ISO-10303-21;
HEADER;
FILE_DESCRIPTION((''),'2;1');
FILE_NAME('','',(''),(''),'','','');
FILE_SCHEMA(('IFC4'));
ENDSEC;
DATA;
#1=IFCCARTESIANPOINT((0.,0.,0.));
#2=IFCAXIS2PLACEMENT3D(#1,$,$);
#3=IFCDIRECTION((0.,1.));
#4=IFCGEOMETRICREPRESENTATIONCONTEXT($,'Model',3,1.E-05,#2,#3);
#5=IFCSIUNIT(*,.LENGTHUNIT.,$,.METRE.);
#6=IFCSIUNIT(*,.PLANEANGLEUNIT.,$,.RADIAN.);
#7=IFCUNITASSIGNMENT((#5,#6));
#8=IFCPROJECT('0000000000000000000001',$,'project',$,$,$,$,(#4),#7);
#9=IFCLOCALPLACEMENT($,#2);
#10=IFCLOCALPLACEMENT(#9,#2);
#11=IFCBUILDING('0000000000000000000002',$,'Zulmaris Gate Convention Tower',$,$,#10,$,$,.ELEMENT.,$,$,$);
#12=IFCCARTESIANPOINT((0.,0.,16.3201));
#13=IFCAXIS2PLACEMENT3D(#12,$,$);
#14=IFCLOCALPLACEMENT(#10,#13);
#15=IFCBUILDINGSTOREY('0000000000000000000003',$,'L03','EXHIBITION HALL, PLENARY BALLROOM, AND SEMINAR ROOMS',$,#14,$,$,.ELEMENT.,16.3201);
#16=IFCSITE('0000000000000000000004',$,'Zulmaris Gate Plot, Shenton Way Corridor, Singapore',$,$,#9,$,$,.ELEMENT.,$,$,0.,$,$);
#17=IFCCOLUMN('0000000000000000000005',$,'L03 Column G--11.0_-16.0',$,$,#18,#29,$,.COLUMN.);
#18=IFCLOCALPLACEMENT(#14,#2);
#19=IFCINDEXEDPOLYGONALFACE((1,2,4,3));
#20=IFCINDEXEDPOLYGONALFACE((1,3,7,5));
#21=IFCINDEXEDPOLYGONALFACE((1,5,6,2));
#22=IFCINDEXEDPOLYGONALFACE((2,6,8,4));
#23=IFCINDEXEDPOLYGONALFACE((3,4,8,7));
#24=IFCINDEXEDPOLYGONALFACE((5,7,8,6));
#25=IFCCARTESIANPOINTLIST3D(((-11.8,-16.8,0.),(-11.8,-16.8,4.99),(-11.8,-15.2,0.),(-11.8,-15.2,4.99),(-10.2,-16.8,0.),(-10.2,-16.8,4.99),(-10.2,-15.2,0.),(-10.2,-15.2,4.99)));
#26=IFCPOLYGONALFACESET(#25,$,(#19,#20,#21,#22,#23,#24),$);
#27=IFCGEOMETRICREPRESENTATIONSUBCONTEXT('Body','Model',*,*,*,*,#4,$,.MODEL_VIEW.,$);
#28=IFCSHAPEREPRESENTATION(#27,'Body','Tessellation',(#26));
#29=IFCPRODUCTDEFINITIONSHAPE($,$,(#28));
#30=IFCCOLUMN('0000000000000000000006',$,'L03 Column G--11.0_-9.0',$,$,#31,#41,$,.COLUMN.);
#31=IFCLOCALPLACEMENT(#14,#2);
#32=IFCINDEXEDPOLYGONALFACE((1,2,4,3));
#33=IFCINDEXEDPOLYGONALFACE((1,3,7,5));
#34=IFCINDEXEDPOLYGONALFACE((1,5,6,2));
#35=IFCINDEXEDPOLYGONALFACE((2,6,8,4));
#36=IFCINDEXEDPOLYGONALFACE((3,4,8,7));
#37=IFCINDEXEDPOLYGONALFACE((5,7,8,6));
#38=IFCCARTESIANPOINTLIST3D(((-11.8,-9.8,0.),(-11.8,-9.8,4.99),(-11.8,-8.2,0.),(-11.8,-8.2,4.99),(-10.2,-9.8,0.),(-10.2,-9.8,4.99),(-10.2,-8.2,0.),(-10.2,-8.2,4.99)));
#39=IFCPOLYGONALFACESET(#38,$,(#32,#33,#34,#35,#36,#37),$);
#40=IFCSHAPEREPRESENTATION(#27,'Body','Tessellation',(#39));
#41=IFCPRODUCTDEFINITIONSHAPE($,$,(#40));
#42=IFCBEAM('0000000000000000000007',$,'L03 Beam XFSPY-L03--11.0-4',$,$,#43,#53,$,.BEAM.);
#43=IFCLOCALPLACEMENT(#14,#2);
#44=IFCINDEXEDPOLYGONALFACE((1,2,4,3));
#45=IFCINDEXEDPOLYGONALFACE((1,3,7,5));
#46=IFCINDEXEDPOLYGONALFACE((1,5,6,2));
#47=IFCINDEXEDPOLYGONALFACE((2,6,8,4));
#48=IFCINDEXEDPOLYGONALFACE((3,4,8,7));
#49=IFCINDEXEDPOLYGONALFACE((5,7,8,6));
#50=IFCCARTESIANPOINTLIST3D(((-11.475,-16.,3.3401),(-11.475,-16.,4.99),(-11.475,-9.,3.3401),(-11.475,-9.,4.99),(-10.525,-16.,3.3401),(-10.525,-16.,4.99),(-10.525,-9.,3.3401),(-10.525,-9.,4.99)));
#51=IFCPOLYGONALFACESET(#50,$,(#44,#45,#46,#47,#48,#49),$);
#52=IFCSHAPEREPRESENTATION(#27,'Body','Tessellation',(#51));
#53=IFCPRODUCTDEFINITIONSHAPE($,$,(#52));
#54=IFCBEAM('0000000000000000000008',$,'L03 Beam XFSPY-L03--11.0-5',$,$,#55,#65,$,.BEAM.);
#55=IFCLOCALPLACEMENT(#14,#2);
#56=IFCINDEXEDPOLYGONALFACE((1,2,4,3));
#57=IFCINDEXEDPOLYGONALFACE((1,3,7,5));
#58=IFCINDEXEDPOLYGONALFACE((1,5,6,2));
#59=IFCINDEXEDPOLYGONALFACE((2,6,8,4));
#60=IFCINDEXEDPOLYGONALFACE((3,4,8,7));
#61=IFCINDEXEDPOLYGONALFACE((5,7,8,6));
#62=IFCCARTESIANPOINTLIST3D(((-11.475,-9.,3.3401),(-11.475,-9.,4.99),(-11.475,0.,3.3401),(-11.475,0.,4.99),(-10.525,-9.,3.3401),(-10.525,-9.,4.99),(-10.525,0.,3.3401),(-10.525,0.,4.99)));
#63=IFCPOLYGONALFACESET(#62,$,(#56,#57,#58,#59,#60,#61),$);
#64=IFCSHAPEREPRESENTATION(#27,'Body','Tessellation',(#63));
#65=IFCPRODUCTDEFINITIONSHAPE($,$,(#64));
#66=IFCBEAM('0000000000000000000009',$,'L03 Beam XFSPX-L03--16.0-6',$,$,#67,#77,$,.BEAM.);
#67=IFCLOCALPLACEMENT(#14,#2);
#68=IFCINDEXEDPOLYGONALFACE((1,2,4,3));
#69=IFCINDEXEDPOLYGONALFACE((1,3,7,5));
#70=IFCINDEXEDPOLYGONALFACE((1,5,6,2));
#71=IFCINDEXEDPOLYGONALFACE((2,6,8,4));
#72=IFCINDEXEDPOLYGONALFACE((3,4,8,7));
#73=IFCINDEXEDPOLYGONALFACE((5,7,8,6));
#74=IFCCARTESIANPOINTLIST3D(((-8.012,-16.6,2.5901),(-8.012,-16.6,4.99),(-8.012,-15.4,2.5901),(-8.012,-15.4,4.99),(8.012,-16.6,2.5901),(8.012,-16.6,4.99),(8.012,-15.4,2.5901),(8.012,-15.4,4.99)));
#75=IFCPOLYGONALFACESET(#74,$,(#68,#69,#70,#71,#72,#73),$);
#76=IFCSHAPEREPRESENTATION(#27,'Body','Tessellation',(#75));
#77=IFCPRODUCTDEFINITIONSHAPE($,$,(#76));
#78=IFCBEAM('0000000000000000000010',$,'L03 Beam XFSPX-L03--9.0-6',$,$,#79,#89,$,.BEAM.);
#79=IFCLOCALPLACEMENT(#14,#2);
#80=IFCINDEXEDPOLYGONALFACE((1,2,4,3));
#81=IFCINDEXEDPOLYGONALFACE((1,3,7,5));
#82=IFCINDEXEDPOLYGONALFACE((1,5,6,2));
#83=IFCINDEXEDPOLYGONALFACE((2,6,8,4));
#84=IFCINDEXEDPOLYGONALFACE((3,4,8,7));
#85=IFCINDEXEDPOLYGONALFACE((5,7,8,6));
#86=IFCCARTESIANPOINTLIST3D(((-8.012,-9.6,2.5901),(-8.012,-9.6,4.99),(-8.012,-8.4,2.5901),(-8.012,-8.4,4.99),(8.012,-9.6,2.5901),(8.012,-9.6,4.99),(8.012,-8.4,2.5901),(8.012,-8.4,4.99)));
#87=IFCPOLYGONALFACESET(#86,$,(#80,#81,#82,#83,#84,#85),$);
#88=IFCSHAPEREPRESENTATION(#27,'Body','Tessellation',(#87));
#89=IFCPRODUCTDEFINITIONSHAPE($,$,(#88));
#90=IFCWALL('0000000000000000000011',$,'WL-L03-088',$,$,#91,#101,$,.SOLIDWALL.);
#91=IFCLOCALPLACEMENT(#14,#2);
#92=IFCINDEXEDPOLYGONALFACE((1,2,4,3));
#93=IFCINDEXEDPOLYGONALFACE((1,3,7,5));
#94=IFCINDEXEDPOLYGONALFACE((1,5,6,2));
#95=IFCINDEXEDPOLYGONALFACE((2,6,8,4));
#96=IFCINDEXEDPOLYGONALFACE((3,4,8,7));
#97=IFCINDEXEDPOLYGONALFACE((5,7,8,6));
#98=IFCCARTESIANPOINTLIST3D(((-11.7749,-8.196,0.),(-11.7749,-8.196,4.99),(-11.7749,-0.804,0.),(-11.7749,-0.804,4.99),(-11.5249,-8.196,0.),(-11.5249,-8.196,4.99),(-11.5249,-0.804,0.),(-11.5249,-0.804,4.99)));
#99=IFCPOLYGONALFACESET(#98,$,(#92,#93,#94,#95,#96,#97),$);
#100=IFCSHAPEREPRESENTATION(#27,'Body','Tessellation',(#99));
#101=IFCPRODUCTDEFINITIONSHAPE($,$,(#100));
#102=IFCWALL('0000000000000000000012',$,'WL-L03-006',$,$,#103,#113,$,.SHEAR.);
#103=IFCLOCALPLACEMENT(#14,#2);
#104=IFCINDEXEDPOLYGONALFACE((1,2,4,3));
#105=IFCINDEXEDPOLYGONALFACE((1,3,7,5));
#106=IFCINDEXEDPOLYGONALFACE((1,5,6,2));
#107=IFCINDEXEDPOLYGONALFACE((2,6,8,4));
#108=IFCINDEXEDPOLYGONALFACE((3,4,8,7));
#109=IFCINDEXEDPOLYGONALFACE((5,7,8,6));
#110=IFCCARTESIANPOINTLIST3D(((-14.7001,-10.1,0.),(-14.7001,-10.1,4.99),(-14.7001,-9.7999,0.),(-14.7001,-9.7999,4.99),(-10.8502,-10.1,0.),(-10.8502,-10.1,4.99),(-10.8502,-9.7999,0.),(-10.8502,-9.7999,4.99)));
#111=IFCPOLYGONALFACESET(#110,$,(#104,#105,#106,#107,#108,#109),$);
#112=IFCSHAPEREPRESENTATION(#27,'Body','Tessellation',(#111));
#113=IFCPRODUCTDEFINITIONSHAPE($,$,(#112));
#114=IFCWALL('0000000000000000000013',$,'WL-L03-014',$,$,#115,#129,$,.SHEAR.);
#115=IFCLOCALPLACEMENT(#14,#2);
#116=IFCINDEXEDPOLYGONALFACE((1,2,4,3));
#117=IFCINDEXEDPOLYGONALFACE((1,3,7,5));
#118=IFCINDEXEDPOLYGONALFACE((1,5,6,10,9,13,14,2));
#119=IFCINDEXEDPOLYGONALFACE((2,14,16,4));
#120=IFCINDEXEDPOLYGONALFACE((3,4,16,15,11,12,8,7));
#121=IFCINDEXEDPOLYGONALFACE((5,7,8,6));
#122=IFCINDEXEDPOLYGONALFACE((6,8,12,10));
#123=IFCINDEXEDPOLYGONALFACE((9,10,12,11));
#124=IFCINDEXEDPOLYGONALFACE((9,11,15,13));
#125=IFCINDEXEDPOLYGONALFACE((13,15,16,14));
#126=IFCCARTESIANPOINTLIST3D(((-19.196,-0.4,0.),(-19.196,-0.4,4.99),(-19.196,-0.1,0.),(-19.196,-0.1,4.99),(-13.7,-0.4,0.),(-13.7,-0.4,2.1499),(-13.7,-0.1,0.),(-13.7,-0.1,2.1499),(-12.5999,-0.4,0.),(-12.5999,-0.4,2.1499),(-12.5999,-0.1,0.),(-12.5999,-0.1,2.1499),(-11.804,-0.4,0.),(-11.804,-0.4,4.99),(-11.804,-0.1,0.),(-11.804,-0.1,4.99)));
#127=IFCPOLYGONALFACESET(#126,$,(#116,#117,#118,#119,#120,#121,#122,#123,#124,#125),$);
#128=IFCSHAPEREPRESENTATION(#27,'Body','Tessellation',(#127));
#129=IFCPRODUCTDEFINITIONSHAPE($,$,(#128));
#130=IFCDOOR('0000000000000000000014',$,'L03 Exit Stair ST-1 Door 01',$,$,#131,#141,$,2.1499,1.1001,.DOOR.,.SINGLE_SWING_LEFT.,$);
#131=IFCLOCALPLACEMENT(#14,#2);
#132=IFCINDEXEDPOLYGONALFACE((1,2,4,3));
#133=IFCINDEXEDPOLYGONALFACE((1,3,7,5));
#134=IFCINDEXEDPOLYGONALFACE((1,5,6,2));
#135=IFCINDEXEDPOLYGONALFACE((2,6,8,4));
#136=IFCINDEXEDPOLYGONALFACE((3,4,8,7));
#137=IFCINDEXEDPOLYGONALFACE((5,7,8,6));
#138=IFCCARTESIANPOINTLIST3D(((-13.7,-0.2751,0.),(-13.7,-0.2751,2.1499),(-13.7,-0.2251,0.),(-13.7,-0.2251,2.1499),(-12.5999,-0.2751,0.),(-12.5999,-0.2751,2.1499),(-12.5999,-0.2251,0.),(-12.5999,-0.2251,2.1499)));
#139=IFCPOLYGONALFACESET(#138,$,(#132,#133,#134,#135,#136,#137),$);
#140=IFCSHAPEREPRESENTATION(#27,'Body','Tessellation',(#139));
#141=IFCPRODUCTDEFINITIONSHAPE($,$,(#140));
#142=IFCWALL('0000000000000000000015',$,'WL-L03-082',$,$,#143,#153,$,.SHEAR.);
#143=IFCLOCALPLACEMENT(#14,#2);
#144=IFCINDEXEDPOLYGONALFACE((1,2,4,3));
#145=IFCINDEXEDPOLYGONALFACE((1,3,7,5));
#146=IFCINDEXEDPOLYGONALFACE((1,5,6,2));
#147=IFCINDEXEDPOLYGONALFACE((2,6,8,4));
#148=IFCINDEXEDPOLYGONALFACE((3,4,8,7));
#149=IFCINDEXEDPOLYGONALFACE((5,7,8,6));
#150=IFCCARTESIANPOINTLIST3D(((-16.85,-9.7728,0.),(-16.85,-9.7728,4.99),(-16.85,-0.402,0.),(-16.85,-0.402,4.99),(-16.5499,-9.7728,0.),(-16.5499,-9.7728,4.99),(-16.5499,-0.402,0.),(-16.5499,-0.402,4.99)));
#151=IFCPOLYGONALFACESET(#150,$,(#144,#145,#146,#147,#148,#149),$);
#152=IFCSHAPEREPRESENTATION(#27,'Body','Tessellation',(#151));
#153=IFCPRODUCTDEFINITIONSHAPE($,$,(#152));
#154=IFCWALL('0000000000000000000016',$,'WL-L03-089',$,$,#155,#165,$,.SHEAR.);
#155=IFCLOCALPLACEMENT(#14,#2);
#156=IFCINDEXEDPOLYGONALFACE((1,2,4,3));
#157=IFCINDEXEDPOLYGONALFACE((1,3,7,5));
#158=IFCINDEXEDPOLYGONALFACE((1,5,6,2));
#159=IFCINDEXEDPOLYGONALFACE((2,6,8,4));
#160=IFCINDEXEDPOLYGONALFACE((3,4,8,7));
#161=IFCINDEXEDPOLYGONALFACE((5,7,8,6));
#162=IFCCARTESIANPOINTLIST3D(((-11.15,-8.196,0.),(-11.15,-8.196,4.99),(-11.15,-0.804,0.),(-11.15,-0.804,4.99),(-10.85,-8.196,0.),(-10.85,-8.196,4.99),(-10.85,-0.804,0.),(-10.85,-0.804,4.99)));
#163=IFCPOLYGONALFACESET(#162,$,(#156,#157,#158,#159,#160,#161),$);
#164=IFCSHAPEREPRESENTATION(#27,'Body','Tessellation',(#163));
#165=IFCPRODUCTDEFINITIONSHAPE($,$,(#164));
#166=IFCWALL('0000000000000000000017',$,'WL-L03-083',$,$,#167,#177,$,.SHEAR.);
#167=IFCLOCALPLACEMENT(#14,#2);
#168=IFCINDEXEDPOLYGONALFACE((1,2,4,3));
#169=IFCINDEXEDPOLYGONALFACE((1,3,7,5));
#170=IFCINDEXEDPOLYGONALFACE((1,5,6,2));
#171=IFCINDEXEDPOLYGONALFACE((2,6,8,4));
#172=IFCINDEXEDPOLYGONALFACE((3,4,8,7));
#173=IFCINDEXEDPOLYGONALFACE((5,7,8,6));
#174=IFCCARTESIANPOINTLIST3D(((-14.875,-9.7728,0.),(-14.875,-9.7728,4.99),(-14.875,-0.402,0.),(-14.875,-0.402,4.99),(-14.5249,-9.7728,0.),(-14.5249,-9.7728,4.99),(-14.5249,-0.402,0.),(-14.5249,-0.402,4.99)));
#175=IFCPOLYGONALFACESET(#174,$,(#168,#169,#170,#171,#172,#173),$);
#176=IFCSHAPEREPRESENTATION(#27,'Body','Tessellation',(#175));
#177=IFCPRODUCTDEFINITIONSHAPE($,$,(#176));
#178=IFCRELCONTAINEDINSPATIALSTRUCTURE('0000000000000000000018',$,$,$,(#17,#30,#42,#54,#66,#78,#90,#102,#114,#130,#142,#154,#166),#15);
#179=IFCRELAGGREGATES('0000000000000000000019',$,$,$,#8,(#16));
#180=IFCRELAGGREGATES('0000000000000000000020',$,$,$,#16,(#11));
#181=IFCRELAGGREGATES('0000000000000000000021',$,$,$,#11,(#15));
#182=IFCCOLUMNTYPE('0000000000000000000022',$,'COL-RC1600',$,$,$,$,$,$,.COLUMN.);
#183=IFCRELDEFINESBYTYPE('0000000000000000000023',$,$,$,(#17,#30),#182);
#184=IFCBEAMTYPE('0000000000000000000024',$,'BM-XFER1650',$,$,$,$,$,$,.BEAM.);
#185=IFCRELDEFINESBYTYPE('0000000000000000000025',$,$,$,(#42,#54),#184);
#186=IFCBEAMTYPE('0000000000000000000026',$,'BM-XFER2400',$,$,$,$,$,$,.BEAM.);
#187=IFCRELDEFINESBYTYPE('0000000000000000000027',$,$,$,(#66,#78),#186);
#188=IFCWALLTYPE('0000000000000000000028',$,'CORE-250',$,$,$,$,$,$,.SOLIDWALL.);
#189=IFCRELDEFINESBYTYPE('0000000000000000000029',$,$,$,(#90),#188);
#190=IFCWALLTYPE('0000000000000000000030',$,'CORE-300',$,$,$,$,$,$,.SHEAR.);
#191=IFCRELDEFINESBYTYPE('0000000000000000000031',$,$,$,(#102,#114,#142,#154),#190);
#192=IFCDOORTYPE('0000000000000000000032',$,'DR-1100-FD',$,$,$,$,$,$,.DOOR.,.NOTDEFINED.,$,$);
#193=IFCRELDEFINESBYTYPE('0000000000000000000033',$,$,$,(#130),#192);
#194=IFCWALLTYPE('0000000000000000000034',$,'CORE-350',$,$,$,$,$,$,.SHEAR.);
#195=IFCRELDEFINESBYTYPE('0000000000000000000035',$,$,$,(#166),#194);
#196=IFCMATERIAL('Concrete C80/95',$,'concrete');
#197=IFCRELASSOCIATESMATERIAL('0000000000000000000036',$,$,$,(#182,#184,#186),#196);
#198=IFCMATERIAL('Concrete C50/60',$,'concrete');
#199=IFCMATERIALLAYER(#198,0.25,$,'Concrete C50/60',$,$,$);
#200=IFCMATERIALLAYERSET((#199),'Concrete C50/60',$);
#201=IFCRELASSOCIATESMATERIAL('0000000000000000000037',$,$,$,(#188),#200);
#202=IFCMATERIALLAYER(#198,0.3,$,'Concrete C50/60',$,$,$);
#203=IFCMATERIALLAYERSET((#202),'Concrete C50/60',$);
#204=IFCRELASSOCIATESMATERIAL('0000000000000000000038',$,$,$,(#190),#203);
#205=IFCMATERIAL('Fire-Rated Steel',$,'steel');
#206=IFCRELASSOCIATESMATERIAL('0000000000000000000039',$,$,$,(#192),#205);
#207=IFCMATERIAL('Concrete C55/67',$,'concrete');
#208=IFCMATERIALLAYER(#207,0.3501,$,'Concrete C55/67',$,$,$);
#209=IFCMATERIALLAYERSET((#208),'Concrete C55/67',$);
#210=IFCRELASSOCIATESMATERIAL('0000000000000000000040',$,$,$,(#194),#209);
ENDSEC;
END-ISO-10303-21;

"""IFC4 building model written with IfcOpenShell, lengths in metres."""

from ifc_helpers import new_model, si_unit, direction, frame, frame_2d, origin, origin_2d, place, context, subcontext, project, spatial, rectangle, extrude, material, layer, layer_set, material_profile, profile_set, type_object, element, fill, save


model = new_model("IFC4")

# Units and contexts
model_context = context("Model", 3, precision=1e-05, world=origin(), true_north=direction((0.0, 1.0)))
body_context = subcontext(model_context, "Body", "Model", "MODEL_VIEW")
ifc_project = project(units=[si_unit("LENGTHUNIT", "METRE"), si_unit("PLANEANGLEUNIT", "RADIAN")], contexts=[model_context])

# Site, building, storey
site_placement = place(None, origin())
site = spatial("IfcSite", under=ifc_project, at=site_placement, Name="Zulmaris Gate Plot, Shenton Way Corridor, Singapore", CompositionType="ELEMENT", RefElevation=0.0)
building_placement = place(site_placement, origin())
building = spatial("IfcBuilding", under=site, at=building_placement, Name="Zulmaris Gate Convention Tower", CompositionType="ELEMENT")
storey_placement = place(building_placement, frame((0.0, 0.0, 16.3201)))
storey = spatial("IfcBuildingStorey", under=building, at=storey_placement, Name="L03", Description="EXHIBITION HALL, PLENARY BALLROOM, AND SEMINAR ROOMS", CompositionType="ELEMENT", Elevation=16.3201)

# Columns
ifc_material_1 = material(Name="Concrete C80/95", Category="concrete")
ifc_material_profile_1 = material_profile(ifc_material_1, rectangle(XDim=1.6001, YDim=1.6001, at=origin_2d()), Name="RC COL 1600x1600")
ifc_profile_set_1 = profile_set([ifc_material_profile_1], Name="Concrete C80/95")
column_type = type_object("IfcColumnType", Name="COL-RC1600", PredefinedType="COLUMN", material=ifc_profile_set_1)
for number, where, z_axis, x_axis, name in (
    (1, (-11.0, -16.0, 0.0), (0.0, 0.0, 1.0), (1.0, 0.0, 0.0), "L03 Column G--11.0_-16.0"),
    (2, (-11.0, -9.0, 0.0), (0.0, 0.0, 1.0), (1.0, 0.0, 0.0), "L03 Column G--11.0_-9.0"),
):
    element("IfcColumn", number, at=place(storey_placement, frame(where, z_axis=z_axis, x_axis=x_axis)), inside=storey, type_object=column_type, Name=name, PredefinedType="COLUMN", context=body_context, shape_type="SweptSolid", body=[
        extrude(rectangle(XDim=1.6001, YDim=1.6001, at=origin_2d()), origin(), (0.0, 0.0, 1.0), 4.99),
    ])

# Beams
ifc_material_profile_2 = material_profile(ifc_material_1, rectangle(XDim=0.95, YDim=1.6499, at=origin_2d()), Name="RC TRANSFER 950x1650")
ifc_profile_set_2 = profile_set([ifc_material_profile_2], Name="Concrete C80/95")
beam_type_1 = type_object("IfcBeamType", Name="BM-XFER1650", PredefinedType="BEAM", material=ifc_profile_set_2)
beam_1_placement = place(storey_placement, frame((-11.0, -16.0, 4.165), z_axis=(0.0, 1.0, 0.0), x_axis=(-1.0, 0.0, 0.0)))
element("IfcBeam", 3, at=beam_1_placement, inside=storey, type_object=beam_type_1, Name="L03 Beam XFSPY-L03--11.0-4", PredefinedType="BEAM", context=body_context, shape_type="SweptSolid", body=[
    extrude(rectangle(XDim=0.95, YDim=1.6499, at=origin_2d()), origin(), (0.0, 0.0, 1.0), 7.0),
])
beam_2_placement = place(storey_placement, frame((-11.0, -9.0, 4.165), z_axis=(0.0, 1.0, 0.0), x_axis=(-1.0, 0.0, 0.0)))
element("IfcBeam", 4, at=beam_2_placement, inside=storey, type_object=beam_type_1, Name="L03 Beam XFSPY-L03--11.0-5", PredefinedType="BEAM", context=body_context, shape_type="SweptSolid", body=[
    extrude(rectangle(XDim=0.95, YDim=1.6499, at=origin_2d()), origin(), (0.0, 0.0, 1.0), 9.0),
])
ifc_material_profile_3 = material_profile(ifc_material_1, rectangle(XDim=1.2, YDim=2.3999, at=origin_2d()), Name="RC TRANSFER 1200x2400")
ifc_profile_set_3 = profile_set([ifc_material_profile_3], Name="Concrete C80/95")
beam_type_2 = type_object("IfcBeamType", Name="BM-XFER2400", PredefinedType="BEAM", material=ifc_profile_set_3)
for number, where, z_axis, x_axis, name in (
    (5, (-8.012, -16.0, 3.79), (1.0, 0.0, 0.0), (0.0, 1.0, 0.0), "L03 Beam XFSPX-L03--16.0-6"),
    (6, (-8.012, -9.0, 3.79), (1.0, 0.0, 0.0), (0.0, 1.0, 0.0), "L03 Beam XFSPX-L03--9.0-6"),
):
    element("IfcBeam", number, at=place(storey_placement, frame(where, z_axis=z_axis, x_axis=x_axis)), inside=storey, type_object=beam_type_2, Name=name, PredefinedType="BEAM", context=body_context, shape_type="SweptSolid", body=[
        extrude(rectangle(XDim=1.2, YDim=2.3999, at=origin_2d()), origin(), (0.0, 0.0, 1.0), 16.0239),
    ])

# Walls
ifc_material_2 = material(Name="Concrete C50/60", Category="concrete")
ifc_layer_1 = layer(ifc_material_2, 0.25, Name="Concrete C50/60")
ifc_layer_set_1 = layer_set([ifc_layer_1], Name="Concrete C50/60")
wall_type_1 = type_object("IfcWallType", Name="CORE-250", PredefinedType="SOLIDWALL", material=ifc_layer_set_1)
wall_1_placement = place(storey_placement, frame((-11.6499, -8.196, 0.0), z_axis=(0.0, 0.0, 1.0), x_axis=(0.0, 1.0, 0.0)))
element("IfcWall", 7, at=wall_1_placement, inside=storey, type_object=wall_type_1, Name="WL-L03-088", PredefinedType="SOLIDWALL", context=body_context, shape_type="SweptSolid", body=[
    extrude(rectangle(XDim=7.3921, YDim=0.25, at=frame_2d((3.696, 0.0))), origin(), (0.0, 0.0, 1.0), 4.99),
])
ifc_layer_2 = layer(ifc_material_2, 0.3, Name="Concrete C50/60")
ifc_layer_set_2 = layer_set([ifc_layer_2], Name="Concrete C50/60")
wall_type_2 = type_object("IfcWallType", Name="CORE-300", PredefinedType="SHEAR", material=ifc_layer_set_2)
wall_2_placement = place(storey_placement, frame((-14.7, -9.95, 0.0), z_axis=(0.0, 0.0, 1.0), x_axis=(1.0, 0.0, 0.0)))
element("IfcWall", 8, at=wall_2_placement, inside=storey, type_object=wall_type_2, Name="WL-L03-006", PredefinedType="SHEAR", context=body_context, shape_type="SweptSolid", body=[
    extrude(rectangle(XDim=3.8499, YDim=0.3, at=frame_2d((1.9248, 0.0))), origin(), (0.0, 0.0, 1.0), 4.99),
])

# Wall, opening, door
wall_3_placement = place(storey_placement, frame((-19.196, -0.25, 0.0), z_axis=(0.0, 0.0, 1.0), x_axis=(1.0, 0.0, 0.0)))
wall_3 = element("IfcWall", 9, at=wall_3_placement, inside=storey, type_object=wall_type_2, Name="WL-L03-014", PredefinedType="SHEAR", context=body_context, shape_type="SweptSolid", body=[
    extrude(rectangle(XDim=7.3921, YDim=0.3, at=frame_2d((3.696, 0.0))), origin(), (0.0, 0.0, 1.0), 4.99),
])
opening_1_placement = place(wall_3_placement, frame((5.4961, 0.0, 0.0)))
opening_1 = element("IfcOpeningElement", 10, at=opening_1_placement, cuts=wall_3, PredefinedType="OPENING", context=body_context, shape_type="SweptSolid", body=[
    extrude(rectangle(XDim=1.1001, YDim=2.1499, at=frame_2d((0.55, 1.075))), frame((0.0, 0.1602, 0.0), z_axis=(0.0, -1.0, 0.0), x_axis=(1.0, 0.0, 0.0)), (0.0, 0.0, 1.0), 0.3201),
])
ifc_material_3 = material(Name="Fire-Rated Steel", Category="steel")
door_type_1 = type_object("IfcDoorType", Name="DR-1100-FD", OperationType="NOTDEFINED", PredefinedType="DOOR", material=ifc_material_3)
door_1_placement = place(opening_1_placement, origin())
door_1 = element("IfcDoor", 11, at=door_1_placement, inside=storey, type_object=door_type_1, Name="L03 Exit Stair ST-1 Door 01", OperationType="SINGLE_SWING_LEFT", OverallHeight=2.1499, OverallWidth=1.1001, PredefinedType="DOOR", context=body_context, shape_type="SweptSolid", body=[
    extrude(rectangle(XDim=1.1001, YDim=2.1499, at=frame_2d((0.55, 1.075))), frame((0.0, 0.0249, 0.0), z_axis=(0.0, -1.0, 0.0), x_axis=(1.0, 0.0, 0.0)), (0.0, 0.0, 1.0), 0.05),
])
fill(opening_1, door_1)

# Walls
wall_4_placement = place(storey_placement, frame((-16.7, -9.7729, 0.0), z_axis=(0.0, 0.0, 1.0), x_axis=(0.0, 1.0, 0.0)))
element("IfcWall", 12, at=wall_4_placement, inside=storey, type_object=wall_type_2, Name="WL-L03-082", PredefinedType="SHEAR", context=body_context, shape_type="SweptSolid", body=[
    extrude(rectangle(XDim=9.3708, YDim=0.3, at=frame_2d((4.6855, 0.0))), origin(), (0.0, 0.0, 1.0), 4.99),
])
wall_5_placement = place(storey_placement, frame((-11.0, -8.196, 0.0), z_axis=(0.0, 0.0, 1.0), x_axis=(0.0, 1.0, 0.0)))
element("IfcWall", 13, at=wall_5_placement, inside=storey, type_object=wall_type_2, Name="WL-L03-089", PredefinedType="SHEAR", context=body_context, shape_type="SweptSolid", body=[
    extrude(rectangle(XDim=7.3921, YDim=0.3, at=frame_2d((3.696, 0.0))), origin(), (0.0, 0.0, 1.0), 4.99),
])

# Shared definitions
ifc_material_4 = material(Name="Concrete C55/67", Category="concrete")
ifc_layer_3 = layer(ifc_material_4, 0.3501, Name="Concrete C55/67")
ifc_layer_set_3 = layer_set([ifc_layer_3], Name="Concrete C55/67")
wall_type_3 = type_object("IfcWallType", Name="CORE-350", PredefinedType="SHEAR", material=ifc_layer_set_3)

# Wall
wall_6_placement = place(storey_placement, frame((-14.7, -9.7729, 0.0), z_axis=(0.0, 0.0, 1.0), x_axis=(0.0, 1.0, 0.0)))
element("IfcWall", 14, at=wall_6_placement, inside=storey, type_object=wall_type_3, Name="WL-L03-083", PredefinedType="SHEAR", context=body_context, shape_type="SweptSolid", body=[
    extrude(rectangle(XDim=9.3708, YDim=0.3501, at=frame_2d((4.6855, 0.0))), origin(), (0.0, 0.0, 1.0), 4.99),
])

save(model, "model.ifc")
